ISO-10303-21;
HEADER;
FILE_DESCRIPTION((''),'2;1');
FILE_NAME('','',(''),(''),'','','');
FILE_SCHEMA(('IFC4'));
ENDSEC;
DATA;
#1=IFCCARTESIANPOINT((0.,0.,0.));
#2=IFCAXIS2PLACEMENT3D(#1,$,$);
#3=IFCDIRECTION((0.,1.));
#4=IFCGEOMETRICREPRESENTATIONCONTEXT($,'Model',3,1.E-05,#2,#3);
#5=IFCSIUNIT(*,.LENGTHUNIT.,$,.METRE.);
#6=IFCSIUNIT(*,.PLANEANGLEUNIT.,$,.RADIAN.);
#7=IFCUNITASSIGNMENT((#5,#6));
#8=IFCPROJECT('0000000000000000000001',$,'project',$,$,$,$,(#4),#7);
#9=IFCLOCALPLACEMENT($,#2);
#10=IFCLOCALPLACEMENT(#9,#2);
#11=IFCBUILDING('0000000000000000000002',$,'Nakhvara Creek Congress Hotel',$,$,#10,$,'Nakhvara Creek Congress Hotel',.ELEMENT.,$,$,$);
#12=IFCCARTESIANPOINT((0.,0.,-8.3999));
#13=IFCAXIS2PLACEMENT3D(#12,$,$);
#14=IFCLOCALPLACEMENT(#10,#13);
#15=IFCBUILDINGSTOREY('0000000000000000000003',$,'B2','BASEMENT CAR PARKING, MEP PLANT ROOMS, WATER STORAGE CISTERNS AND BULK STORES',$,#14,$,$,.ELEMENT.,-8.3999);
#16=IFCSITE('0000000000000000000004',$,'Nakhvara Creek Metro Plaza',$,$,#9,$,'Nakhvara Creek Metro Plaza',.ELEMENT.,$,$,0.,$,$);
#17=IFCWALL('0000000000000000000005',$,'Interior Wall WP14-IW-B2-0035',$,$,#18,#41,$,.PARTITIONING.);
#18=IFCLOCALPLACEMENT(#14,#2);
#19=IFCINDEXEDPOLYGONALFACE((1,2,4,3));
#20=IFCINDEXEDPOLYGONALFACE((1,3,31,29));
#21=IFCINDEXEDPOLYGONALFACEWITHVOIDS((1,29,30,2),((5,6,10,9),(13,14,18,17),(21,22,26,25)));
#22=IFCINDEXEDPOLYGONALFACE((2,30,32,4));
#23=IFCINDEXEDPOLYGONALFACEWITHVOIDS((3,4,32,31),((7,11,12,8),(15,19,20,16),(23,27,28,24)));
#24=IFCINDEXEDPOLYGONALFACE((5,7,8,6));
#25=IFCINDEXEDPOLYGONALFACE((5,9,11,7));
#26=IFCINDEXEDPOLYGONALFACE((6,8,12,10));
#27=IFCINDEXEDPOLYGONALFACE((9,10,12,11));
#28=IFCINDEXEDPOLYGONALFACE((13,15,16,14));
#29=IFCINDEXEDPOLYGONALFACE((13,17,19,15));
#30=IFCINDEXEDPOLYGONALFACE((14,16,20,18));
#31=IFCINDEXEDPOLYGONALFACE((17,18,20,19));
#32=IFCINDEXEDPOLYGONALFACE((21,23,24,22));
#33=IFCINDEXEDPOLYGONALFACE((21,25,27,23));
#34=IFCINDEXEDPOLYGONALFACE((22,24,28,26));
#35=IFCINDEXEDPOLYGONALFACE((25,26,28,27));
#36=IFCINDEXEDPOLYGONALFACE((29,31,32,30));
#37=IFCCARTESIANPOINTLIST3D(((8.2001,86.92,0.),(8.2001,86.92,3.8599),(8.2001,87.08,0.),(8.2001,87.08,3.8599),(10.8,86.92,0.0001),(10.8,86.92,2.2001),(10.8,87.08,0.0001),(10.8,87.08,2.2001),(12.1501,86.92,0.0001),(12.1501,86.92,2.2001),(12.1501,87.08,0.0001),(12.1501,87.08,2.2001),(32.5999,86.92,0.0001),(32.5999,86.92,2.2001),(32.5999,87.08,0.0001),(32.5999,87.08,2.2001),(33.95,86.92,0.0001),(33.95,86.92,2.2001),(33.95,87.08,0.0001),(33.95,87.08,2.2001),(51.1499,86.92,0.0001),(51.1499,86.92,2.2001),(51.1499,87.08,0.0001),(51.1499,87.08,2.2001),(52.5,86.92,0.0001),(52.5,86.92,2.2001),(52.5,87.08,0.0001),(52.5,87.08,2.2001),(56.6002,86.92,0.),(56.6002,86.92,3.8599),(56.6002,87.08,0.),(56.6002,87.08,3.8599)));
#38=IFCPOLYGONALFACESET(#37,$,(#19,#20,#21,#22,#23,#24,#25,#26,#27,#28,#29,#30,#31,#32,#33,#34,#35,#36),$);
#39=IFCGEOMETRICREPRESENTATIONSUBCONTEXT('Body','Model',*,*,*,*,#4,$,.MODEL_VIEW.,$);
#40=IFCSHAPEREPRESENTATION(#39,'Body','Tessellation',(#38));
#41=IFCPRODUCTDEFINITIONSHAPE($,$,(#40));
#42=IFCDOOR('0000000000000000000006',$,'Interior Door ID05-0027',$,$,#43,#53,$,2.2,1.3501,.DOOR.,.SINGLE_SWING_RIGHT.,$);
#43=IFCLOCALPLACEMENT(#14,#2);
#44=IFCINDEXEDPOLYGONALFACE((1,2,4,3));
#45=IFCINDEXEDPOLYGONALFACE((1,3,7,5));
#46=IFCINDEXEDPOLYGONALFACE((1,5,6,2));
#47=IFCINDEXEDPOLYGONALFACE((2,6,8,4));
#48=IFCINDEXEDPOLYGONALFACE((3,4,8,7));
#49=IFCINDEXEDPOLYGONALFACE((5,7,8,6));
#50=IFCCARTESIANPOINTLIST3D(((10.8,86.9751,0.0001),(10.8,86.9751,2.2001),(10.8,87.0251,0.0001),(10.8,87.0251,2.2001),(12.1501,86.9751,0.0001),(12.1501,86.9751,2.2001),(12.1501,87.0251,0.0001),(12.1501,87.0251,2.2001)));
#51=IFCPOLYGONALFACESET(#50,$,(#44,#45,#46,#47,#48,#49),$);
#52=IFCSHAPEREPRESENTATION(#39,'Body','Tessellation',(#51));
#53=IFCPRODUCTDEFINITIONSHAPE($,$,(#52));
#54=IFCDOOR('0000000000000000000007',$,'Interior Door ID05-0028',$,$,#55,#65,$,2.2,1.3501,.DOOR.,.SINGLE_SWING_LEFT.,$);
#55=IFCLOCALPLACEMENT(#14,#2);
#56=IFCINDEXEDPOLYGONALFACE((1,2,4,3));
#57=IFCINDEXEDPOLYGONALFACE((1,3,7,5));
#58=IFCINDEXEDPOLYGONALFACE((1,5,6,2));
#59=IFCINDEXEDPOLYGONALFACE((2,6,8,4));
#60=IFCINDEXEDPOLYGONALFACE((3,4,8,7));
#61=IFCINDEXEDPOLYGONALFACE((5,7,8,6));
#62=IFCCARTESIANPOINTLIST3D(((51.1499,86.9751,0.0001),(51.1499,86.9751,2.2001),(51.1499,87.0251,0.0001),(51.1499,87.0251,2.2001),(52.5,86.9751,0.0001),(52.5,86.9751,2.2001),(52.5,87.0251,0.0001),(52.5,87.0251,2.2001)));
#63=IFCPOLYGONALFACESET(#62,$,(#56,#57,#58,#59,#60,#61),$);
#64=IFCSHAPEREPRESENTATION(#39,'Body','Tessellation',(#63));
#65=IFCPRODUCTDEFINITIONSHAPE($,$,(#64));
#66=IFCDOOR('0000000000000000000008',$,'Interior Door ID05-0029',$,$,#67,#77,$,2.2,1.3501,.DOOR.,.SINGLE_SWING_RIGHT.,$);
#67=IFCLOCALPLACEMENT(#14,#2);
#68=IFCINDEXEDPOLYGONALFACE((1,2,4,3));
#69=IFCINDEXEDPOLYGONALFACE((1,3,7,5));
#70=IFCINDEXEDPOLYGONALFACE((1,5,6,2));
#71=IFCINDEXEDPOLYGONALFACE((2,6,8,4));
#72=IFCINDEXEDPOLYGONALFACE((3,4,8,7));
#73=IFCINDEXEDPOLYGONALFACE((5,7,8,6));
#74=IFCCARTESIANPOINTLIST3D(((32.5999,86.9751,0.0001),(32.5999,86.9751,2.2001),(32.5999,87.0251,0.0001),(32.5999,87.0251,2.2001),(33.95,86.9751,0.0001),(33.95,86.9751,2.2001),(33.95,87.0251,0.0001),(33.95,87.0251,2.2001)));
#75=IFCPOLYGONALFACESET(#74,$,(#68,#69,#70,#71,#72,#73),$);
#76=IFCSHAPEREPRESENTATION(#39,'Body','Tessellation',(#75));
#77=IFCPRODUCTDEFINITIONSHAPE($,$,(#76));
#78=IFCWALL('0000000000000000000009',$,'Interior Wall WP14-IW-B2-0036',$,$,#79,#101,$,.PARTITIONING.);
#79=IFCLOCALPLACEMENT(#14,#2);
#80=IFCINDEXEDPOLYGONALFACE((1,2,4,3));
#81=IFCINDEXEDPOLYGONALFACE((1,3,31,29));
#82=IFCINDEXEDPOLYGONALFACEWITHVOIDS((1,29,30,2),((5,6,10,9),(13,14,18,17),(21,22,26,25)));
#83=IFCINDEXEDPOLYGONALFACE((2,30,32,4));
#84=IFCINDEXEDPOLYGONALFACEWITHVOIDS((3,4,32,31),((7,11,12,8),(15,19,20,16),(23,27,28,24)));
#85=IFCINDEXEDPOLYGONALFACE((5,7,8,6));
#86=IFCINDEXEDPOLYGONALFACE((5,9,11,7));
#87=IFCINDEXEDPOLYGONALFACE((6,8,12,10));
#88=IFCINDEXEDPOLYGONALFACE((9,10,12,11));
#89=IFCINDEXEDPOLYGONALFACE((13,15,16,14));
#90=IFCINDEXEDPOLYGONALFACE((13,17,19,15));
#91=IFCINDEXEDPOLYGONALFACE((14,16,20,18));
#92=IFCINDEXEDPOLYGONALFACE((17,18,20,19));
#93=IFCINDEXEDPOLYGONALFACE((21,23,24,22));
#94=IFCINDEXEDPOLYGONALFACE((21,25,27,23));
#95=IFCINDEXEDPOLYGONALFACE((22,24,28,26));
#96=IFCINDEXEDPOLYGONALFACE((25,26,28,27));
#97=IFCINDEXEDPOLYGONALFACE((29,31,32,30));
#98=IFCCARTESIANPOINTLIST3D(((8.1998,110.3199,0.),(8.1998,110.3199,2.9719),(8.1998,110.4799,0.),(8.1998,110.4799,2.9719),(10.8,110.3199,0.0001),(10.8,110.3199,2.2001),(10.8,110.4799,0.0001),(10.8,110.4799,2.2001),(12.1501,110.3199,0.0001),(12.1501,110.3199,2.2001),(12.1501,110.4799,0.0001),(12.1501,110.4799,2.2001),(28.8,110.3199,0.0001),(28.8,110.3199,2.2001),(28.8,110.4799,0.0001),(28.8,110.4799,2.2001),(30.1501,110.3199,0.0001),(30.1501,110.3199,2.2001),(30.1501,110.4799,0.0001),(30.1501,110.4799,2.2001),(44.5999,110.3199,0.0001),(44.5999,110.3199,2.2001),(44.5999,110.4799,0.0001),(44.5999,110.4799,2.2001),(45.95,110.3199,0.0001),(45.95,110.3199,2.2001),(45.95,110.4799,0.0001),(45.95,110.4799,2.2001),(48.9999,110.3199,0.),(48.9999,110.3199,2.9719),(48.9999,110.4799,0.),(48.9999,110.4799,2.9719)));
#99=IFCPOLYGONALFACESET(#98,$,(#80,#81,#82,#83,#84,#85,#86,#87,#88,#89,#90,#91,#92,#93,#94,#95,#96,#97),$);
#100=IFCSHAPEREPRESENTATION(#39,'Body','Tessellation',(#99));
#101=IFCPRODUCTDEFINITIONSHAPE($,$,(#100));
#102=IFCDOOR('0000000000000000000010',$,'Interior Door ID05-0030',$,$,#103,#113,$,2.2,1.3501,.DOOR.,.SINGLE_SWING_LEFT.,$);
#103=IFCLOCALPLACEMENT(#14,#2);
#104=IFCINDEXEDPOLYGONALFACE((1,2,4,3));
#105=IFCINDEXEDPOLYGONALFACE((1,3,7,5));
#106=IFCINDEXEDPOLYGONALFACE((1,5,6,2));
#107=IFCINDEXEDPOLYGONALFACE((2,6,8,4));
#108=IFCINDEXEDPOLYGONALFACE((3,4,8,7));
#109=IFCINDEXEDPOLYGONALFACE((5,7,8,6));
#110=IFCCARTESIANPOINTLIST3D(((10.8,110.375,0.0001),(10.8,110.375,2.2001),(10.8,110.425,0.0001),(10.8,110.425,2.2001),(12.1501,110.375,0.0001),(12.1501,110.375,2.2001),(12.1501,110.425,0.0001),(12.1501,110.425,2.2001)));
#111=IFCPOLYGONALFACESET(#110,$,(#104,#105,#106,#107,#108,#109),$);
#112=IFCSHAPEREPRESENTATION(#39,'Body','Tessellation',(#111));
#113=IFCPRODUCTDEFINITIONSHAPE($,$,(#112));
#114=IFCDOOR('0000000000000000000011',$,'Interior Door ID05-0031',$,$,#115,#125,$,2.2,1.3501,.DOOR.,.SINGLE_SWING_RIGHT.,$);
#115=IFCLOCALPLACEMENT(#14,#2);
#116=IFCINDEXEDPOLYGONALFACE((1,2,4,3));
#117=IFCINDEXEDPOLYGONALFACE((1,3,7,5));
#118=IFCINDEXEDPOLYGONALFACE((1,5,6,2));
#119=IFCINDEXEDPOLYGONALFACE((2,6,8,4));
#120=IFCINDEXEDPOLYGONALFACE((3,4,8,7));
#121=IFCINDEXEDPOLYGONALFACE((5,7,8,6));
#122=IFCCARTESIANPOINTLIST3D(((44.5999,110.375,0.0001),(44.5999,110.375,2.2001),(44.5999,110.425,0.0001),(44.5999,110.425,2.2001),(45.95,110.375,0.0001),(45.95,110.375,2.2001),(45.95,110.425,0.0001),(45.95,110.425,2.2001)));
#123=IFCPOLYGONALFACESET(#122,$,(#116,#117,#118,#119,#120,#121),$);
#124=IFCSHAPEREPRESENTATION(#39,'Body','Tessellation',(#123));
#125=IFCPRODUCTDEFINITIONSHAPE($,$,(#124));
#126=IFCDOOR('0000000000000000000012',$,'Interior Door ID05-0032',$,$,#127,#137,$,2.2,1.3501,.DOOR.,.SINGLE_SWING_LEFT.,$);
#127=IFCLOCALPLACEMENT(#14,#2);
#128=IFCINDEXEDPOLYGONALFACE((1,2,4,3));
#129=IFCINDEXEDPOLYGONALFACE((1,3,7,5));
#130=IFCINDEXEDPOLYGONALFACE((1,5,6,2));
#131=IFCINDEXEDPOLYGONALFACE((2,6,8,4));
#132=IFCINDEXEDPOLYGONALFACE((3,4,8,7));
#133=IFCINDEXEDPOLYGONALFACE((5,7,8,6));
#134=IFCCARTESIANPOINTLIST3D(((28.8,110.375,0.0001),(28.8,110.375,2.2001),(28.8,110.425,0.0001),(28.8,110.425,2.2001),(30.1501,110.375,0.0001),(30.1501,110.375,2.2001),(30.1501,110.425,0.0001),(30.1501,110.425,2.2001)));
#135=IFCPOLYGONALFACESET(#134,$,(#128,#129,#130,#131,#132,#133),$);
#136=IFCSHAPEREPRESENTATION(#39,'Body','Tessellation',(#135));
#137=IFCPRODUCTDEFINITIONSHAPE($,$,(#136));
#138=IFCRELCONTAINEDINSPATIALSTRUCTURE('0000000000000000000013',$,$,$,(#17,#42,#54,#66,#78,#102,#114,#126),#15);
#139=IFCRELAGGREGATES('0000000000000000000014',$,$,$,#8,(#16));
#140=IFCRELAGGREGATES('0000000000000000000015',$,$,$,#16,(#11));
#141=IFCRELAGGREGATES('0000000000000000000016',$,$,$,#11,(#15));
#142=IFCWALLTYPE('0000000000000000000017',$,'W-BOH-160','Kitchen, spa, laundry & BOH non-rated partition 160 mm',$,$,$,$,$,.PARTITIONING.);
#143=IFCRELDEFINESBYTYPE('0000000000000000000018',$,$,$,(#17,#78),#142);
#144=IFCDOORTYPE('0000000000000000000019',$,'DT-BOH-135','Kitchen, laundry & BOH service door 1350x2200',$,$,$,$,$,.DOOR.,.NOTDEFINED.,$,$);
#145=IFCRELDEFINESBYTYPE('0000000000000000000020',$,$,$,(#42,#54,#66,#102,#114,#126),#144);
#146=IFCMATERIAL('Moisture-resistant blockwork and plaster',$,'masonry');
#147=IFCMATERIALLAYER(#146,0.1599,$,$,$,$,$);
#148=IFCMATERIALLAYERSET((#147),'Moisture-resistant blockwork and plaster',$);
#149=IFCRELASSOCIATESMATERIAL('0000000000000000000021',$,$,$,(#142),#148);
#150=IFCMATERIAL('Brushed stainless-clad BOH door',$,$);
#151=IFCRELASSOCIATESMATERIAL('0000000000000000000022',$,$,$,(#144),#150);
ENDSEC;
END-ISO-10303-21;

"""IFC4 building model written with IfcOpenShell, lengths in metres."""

from ifc_helpers import new_model, si_unit, direction, frame, frame_2d, origin, place, context, subcontext, project, spatial, rectangle, extrude, material, layer, layer_set, type_object, element, fill, save


model = new_model("IFC4")

# Units and contexts
model_context = context("Model", 3, precision=1e-05, world=origin(), true_north=direction((0.0, 1.0)))
body_context = subcontext(model_context, "Body", "Model", "MODEL_VIEW")
ifc_project = project(units=[si_unit("LENGTHUNIT", "METRE"), si_unit("PLANEANGLEUNIT", "RADIAN")], contexts=[model_context])

# Site, building, storey
site_placement = place(None, origin())
site = spatial("IfcSite", under=ifc_project, at=site_placement, Name="Nakhvara Creek Metro Plaza", LongName="Nakhvara Creek Metro Plaza", CompositionType="ELEMENT", RefElevation=0.0)
building_placement = place(site_placement, origin())
building = spatial("IfcBuilding", under=site, at=building_placement, Name="Nakhvara Creek Congress Hotel", LongName="Nakhvara Creek Congress Hotel", CompositionType="ELEMENT")
storey_placement = place(building_placement, frame((0.0, 0.0, -8.3999)))
storey = spatial("IfcBuildingStorey", under=building, at=storey_placement, Name="B2", Description="BASEMENT CAR PARKING, MEP PLANT ROOMS, WATER STORAGE CISTERNS AND BULK STORES", CompositionType="ELEMENT", Elevation=-8.3999)

# Walls, openings, doors
ifc_material_1 = material(Name="Moisture-resistant blockwork and plaster", Category="masonry")
ifc_layer = layer(ifc_material_1, 0.1599)
ifc_layer_set = layer_set([ifc_layer], Name="Moisture-resistant blockwork and plaster")
wall_type = type_object("IfcWallType", Name="W-BOH-160", Description="Kitchen, spa, laundry & BOH non-rated partition 160 mm", PredefinedType="PARTITIONING", material=ifc_layer_set)
wall_1_placement = place(storey_placement, frame((8.2, 87.0, 0.0), z_axis=(0.0, 0.0, 1.0), x_axis=(1.0, 0.0, 0.0)))
wall_1 = element("IfcWall", 1, at=wall_1_placement, inside=storey, type_object=wall_type, Name="Interior Wall WP14-IW-B2-0035", PredefinedType="PARTITIONING", context=body_context, shape_type="SweptSolid", body=[
    extrude(rectangle(XDim=48.4001, YDim=0.1599, at=frame_2d((24.2002, 0.0))), origin(), (0.0, 0.0, 1.0), 3.8599),
])
opening_1_placement = place(wall_1_placement, frame((2.6001, 0.0, 0.0)))
opening_1 = element("IfcOpeningElement", 2, at=opening_1_placement, cuts=wall_1, PredefinedType="OPENING", context=body_context, shape_type="SweptSolid", body=[
    extrude(rectangle(XDim=1.3501, YDim=2.2, at=frame_2d((0.675, 1.1001))), frame((0.0, 0.0918, 0.0), z_axis=(0.0, -1.0, 0.0), x_axis=(1.0, 0.0, 0.0)), (0.0, 0.0, 1.0), 0.1838),
])
opening_2_placement = place(wall_1_placement, frame((42.95, 0.0, 0.0)))
opening_2 = element("IfcOpeningElement", 3, at=opening_2_placement, cuts=wall_1, PredefinedType="OPENING", context=body_context, shape_type="SweptSolid", body=[
    extrude(rectangle(XDim=1.3501, YDim=2.2, at=frame_2d((0.675, 1.1001))), frame((0.0, 0.0918, 0.0), z_axis=(0.0, -1.0, 0.0), x_axis=(1.0, 0.0, 0.0)), (0.0, 0.0, 1.0), 0.1838),
])
opening_3_placement = place(wall_1_placement, frame((24.3999, 0.0, 0.0)))
opening_3 = element("IfcOpeningElement", 4, at=opening_3_placement, cuts=wall_1, PredefinedType="OPENING", context=body_context, shape_type="SweptSolid", body=[
    extrude(rectangle(XDim=1.3501, YDim=2.2, at=frame_2d((0.675, 1.1001))), frame((0.0, 0.0918, 0.0), z_axis=(0.0, -1.0, 0.0), x_axis=(1.0, 0.0, 0.0)), (0.0, 0.0, 1.0), 0.1838),
])
ifc_material_2 = material(Name="Brushed stainless-clad BOH door")
door_type = type_object("IfcDoorType", Name="DT-BOH-135", Description="Kitchen, laundry & BOH service door 1350x2200", OperationType="NOTDEFINED", PredefinedType="DOOR", material=ifc_material_2)
door_1_placement = place(opening_1_placement, frame((1.3501, 0.0, 0.0), z_axis=(0.0, 0.0, 1.0), x_axis=(-1.0, 0.0, 0.0)))
door_1 = element("IfcDoor", 5, at=door_1_placement, inside=storey, type_object=door_type, Name="Interior Door ID05-0027", OperationType="SINGLE_SWING_RIGHT", OverallHeight=2.2, OverallWidth=1.3501, PredefinedType="DOOR", context=body_context, shape_type="SweptSolid", body=[
    extrude(rectangle(XDim=1.3501, YDim=2.2, at=frame_2d((0.675, 1.1001))), frame((0.0, 0.0249, 0.0), z_axis=(0.0, -1.0, 0.0), x_axis=(1.0, 0.0, 0.0)), (0.0, 0.0, 1.0), 0.05),
])
fill(opening_1, door_1)
door_2_placement = place(opening_2_placement, frame((1.3501, 0.0, 0.0), z_axis=(0.0, 0.0, 1.0), x_axis=(-1.0, 0.0, 0.0)))
door_2 = element("IfcDoor", 6, at=door_2_placement, inside=storey, type_object=door_type, Name="Interior Door ID05-0028", OperationType="SINGLE_SWING_LEFT", OverallHeight=2.2, OverallWidth=1.3501, PredefinedType="DOOR", context=body_context, shape_type="SweptSolid", body=[
    extrude(rectangle(XDim=1.3501, YDim=2.2, at=frame_2d((0.675, 1.1001))), frame((0.0, 0.0249, 0.0), z_axis=(0.0, -1.0, 0.0), x_axis=(1.0, 0.0, 0.0)), (0.0, 0.0, 1.0), 0.05),
])
fill(opening_2, door_2)
door_3_placement = place(opening_3_placement, frame((1.3501, 0.0, 0.0), z_axis=(0.0, 0.0, 1.0), x_axis=(-1.0, 0.0, 0.0)))
door_3 = element("IfcDoor", 7, at=door_3_placement, inside=storey, type_object=door_type, Name="Interior Door ID05-0029", OperationType="SINGLE_SWING_RIGHT", OverallHeight=2.2, OverallWidth=1.3501, PredefinedType="DOOR", context=body_context, shape_type="SweptSolid", body=[
    extrude(rectangle(XDim=1.3501, YDim=2.2, at=frame_2d((0.675, 1.1001))), frame((0.0, 0.0249, 0.0), z_axis=(0.0, -1.0, 0.0), x_axis=(1.0, 0.0, 0.0)), (0.0, 0.0, 1.0), 0.05),
])
fill(opening_3, door_3)
wall_2_placement = place(storey_placement, frame((8.2, 110.3999, 0.0), z_axis=(0.0, 0.0, 1.0), x_axis=(1.0, 0.0, 0.0)))
wall_2 = element("IfcWall", 8, at=wall_2_placement, inside=storey, type_object=wall_type, Name="Interior Wall WP14-IW-B2-0036", PredefinedType="PARTITIONING", context=body_context, shape_type="SweptSolid", body=[
    extrude(rectangle(XDim=40.8, YDim=0.1599, at=frame_2d((20.3999, 0.0))), origin(), (0.0, 0.0, 1.0), 2.9719),
])
opening_4_placement = place(wall_2_placement, frame((2.6001, 0.0, 0.0)))
opening_4 = element("IfcOpeningElement", 9, at=opening_4_placement, cuts=wall_2, PredefinedType="OPENING", context=body_context, shape_type="SweptSolid", body=[
    extrude(rectangle(XDim=1.3501, YDim=2.2, at=frame_2d((0.675, 1.1001))), frame((0.0, 0.0918, 0.0), z_axis=(0.0, -1.0, 0.0), x_axis=(1.0, 0.0, 0.0)), (0.0, 0.0, 1.0), 0.1838),
])
opening_5_placement = place(wall_2_placement, frame((36.3999, 0.0, 0.0)))
opening_5 = element("IfcOpeningElement", 10, at=opening_5_placement, cuts=wall_2, PredefinedType="OPENING", context=body_context, shape_type="SweptSolid", body=[
    extrude(rectangle(XDim=1.3501, YDim=2.2, at=frame_2d((0.675, 1.1001))), frame((0.0, 0.0918, 0.0), z_axis=(0.0, -1.0, 0.0), x_axis=(1.0, 0.0, 0.0)), (0.0, 0.0, 1.0), 0.1838),
])
opening_6_placement = place(wall_2_placement, frame((20.6001, 0.0, 0.0)))
opening_6 = element("IfcOpeningElement", 11, at=opening_6_placement, cuts=wall_2, PredefinedType="OPENING", context=body_context, shape_type="SweptSolid", body=[
    extrude(rectangle(XDim=1.3501, YDim=2.2, at=frame_2d((0.675, 1.1001))), frame((0.0, 0.0918, 0.0), z_axis=(0.0, -1.0, 0.0), x_axis=(1.0, 0.0, 0.0)), (0.0, 0.0, 1.0), 0.1838),
])
door_4_placement = place(opening_4_placement, frame((1.3501, 0.0, 0.0), z_axis=(0.0, 0.0, 1.0), x_axis=(-1.0, 0.0, 0.0)))
door_4 = element("IfcDoor", 12, at=door_4_placement, inside=storey, type_object=door_type, Name="Interior Door ID05-0030", OperationType="SINGLE_SWING_LEFT", OverallHeight=2.2, OverallWidth=1.3501, PredefinedType="DOOR", context=body_context, shape_type="SweptSolid", body=[
    extrude(rectangle(XDim=1.3501, YDim=2.2, at=frame_2d((0.675, 1.1001))), frame((0.0, 0.0249, 0.0), z_axis=(0.0, -1.0, 0.0), x_axis=(1.0, 0.0, 0.0)), (0.0, 0.0, 1.0), 0.05),
])
fill(opening_4, door_4)
door_5_placement = place(opening_5_placement, frame((1.3501, 0.0, 0.0), z_axis=(0.0, 0.0, 1.0), x_axis=(-1.0, 0.0, 0.0)))
door_5 = element("IfcDoor", 13, at=door_5_placement, inside=storey, type_object=door_type, Name="Interior Door ID05-0031", OperationType="SINGLE_SWING_RIGHT", OverallHeight=2.2, OverallWidth=1.3501, PredefinedType="DOOR", context=body_context, shape_type="SweptSolid", body=[
    extrude(rectangle(XDim=1.3501, YDim=2.2, at=frame_2d((0.675, 1.1001))), frame((0.0, 0.0249, 0.0), z_axis=(0.0, -1.0, 0.0), x_axis=(1.0, 0.0, 0.0)), (0.0, 0.0, 1.0), 0.05),
])
fill(opening_5, door_5)
door_6_placement = place(opening_6_placement, frame((1.3501, 0.0, 0.0), z_axis=(0.0, 0.0, 1.0), x_axis=(-1.0, 0.0, 0.0)))
door_6 = element("IfcDoor", 14, at=door_6_placement, inside=storey, type_object=door_type, Name="Interior Door ID05-0032", OperationType="SINGLE_SWING_LEFT", OverallHeight=2.2, OverallWidth=1.3501, PredefinedType="DOOR", context=body_context, shape_type="SweptSolid", body=[
    extrude(rectangle(XDim=1.3501, YDim=2.2, at=frame_2d((0.675, 1.1001))), frame((0.0, 0.0249, 0.0), z_axis=(0.0, -1.0, 0.0), x_axis=(1.0, 0.0, 0.0)), (0.0, 0.0, 1.0), 0.05),
])
fill(opening_6, door_6)

save(model, "model.ifc")
